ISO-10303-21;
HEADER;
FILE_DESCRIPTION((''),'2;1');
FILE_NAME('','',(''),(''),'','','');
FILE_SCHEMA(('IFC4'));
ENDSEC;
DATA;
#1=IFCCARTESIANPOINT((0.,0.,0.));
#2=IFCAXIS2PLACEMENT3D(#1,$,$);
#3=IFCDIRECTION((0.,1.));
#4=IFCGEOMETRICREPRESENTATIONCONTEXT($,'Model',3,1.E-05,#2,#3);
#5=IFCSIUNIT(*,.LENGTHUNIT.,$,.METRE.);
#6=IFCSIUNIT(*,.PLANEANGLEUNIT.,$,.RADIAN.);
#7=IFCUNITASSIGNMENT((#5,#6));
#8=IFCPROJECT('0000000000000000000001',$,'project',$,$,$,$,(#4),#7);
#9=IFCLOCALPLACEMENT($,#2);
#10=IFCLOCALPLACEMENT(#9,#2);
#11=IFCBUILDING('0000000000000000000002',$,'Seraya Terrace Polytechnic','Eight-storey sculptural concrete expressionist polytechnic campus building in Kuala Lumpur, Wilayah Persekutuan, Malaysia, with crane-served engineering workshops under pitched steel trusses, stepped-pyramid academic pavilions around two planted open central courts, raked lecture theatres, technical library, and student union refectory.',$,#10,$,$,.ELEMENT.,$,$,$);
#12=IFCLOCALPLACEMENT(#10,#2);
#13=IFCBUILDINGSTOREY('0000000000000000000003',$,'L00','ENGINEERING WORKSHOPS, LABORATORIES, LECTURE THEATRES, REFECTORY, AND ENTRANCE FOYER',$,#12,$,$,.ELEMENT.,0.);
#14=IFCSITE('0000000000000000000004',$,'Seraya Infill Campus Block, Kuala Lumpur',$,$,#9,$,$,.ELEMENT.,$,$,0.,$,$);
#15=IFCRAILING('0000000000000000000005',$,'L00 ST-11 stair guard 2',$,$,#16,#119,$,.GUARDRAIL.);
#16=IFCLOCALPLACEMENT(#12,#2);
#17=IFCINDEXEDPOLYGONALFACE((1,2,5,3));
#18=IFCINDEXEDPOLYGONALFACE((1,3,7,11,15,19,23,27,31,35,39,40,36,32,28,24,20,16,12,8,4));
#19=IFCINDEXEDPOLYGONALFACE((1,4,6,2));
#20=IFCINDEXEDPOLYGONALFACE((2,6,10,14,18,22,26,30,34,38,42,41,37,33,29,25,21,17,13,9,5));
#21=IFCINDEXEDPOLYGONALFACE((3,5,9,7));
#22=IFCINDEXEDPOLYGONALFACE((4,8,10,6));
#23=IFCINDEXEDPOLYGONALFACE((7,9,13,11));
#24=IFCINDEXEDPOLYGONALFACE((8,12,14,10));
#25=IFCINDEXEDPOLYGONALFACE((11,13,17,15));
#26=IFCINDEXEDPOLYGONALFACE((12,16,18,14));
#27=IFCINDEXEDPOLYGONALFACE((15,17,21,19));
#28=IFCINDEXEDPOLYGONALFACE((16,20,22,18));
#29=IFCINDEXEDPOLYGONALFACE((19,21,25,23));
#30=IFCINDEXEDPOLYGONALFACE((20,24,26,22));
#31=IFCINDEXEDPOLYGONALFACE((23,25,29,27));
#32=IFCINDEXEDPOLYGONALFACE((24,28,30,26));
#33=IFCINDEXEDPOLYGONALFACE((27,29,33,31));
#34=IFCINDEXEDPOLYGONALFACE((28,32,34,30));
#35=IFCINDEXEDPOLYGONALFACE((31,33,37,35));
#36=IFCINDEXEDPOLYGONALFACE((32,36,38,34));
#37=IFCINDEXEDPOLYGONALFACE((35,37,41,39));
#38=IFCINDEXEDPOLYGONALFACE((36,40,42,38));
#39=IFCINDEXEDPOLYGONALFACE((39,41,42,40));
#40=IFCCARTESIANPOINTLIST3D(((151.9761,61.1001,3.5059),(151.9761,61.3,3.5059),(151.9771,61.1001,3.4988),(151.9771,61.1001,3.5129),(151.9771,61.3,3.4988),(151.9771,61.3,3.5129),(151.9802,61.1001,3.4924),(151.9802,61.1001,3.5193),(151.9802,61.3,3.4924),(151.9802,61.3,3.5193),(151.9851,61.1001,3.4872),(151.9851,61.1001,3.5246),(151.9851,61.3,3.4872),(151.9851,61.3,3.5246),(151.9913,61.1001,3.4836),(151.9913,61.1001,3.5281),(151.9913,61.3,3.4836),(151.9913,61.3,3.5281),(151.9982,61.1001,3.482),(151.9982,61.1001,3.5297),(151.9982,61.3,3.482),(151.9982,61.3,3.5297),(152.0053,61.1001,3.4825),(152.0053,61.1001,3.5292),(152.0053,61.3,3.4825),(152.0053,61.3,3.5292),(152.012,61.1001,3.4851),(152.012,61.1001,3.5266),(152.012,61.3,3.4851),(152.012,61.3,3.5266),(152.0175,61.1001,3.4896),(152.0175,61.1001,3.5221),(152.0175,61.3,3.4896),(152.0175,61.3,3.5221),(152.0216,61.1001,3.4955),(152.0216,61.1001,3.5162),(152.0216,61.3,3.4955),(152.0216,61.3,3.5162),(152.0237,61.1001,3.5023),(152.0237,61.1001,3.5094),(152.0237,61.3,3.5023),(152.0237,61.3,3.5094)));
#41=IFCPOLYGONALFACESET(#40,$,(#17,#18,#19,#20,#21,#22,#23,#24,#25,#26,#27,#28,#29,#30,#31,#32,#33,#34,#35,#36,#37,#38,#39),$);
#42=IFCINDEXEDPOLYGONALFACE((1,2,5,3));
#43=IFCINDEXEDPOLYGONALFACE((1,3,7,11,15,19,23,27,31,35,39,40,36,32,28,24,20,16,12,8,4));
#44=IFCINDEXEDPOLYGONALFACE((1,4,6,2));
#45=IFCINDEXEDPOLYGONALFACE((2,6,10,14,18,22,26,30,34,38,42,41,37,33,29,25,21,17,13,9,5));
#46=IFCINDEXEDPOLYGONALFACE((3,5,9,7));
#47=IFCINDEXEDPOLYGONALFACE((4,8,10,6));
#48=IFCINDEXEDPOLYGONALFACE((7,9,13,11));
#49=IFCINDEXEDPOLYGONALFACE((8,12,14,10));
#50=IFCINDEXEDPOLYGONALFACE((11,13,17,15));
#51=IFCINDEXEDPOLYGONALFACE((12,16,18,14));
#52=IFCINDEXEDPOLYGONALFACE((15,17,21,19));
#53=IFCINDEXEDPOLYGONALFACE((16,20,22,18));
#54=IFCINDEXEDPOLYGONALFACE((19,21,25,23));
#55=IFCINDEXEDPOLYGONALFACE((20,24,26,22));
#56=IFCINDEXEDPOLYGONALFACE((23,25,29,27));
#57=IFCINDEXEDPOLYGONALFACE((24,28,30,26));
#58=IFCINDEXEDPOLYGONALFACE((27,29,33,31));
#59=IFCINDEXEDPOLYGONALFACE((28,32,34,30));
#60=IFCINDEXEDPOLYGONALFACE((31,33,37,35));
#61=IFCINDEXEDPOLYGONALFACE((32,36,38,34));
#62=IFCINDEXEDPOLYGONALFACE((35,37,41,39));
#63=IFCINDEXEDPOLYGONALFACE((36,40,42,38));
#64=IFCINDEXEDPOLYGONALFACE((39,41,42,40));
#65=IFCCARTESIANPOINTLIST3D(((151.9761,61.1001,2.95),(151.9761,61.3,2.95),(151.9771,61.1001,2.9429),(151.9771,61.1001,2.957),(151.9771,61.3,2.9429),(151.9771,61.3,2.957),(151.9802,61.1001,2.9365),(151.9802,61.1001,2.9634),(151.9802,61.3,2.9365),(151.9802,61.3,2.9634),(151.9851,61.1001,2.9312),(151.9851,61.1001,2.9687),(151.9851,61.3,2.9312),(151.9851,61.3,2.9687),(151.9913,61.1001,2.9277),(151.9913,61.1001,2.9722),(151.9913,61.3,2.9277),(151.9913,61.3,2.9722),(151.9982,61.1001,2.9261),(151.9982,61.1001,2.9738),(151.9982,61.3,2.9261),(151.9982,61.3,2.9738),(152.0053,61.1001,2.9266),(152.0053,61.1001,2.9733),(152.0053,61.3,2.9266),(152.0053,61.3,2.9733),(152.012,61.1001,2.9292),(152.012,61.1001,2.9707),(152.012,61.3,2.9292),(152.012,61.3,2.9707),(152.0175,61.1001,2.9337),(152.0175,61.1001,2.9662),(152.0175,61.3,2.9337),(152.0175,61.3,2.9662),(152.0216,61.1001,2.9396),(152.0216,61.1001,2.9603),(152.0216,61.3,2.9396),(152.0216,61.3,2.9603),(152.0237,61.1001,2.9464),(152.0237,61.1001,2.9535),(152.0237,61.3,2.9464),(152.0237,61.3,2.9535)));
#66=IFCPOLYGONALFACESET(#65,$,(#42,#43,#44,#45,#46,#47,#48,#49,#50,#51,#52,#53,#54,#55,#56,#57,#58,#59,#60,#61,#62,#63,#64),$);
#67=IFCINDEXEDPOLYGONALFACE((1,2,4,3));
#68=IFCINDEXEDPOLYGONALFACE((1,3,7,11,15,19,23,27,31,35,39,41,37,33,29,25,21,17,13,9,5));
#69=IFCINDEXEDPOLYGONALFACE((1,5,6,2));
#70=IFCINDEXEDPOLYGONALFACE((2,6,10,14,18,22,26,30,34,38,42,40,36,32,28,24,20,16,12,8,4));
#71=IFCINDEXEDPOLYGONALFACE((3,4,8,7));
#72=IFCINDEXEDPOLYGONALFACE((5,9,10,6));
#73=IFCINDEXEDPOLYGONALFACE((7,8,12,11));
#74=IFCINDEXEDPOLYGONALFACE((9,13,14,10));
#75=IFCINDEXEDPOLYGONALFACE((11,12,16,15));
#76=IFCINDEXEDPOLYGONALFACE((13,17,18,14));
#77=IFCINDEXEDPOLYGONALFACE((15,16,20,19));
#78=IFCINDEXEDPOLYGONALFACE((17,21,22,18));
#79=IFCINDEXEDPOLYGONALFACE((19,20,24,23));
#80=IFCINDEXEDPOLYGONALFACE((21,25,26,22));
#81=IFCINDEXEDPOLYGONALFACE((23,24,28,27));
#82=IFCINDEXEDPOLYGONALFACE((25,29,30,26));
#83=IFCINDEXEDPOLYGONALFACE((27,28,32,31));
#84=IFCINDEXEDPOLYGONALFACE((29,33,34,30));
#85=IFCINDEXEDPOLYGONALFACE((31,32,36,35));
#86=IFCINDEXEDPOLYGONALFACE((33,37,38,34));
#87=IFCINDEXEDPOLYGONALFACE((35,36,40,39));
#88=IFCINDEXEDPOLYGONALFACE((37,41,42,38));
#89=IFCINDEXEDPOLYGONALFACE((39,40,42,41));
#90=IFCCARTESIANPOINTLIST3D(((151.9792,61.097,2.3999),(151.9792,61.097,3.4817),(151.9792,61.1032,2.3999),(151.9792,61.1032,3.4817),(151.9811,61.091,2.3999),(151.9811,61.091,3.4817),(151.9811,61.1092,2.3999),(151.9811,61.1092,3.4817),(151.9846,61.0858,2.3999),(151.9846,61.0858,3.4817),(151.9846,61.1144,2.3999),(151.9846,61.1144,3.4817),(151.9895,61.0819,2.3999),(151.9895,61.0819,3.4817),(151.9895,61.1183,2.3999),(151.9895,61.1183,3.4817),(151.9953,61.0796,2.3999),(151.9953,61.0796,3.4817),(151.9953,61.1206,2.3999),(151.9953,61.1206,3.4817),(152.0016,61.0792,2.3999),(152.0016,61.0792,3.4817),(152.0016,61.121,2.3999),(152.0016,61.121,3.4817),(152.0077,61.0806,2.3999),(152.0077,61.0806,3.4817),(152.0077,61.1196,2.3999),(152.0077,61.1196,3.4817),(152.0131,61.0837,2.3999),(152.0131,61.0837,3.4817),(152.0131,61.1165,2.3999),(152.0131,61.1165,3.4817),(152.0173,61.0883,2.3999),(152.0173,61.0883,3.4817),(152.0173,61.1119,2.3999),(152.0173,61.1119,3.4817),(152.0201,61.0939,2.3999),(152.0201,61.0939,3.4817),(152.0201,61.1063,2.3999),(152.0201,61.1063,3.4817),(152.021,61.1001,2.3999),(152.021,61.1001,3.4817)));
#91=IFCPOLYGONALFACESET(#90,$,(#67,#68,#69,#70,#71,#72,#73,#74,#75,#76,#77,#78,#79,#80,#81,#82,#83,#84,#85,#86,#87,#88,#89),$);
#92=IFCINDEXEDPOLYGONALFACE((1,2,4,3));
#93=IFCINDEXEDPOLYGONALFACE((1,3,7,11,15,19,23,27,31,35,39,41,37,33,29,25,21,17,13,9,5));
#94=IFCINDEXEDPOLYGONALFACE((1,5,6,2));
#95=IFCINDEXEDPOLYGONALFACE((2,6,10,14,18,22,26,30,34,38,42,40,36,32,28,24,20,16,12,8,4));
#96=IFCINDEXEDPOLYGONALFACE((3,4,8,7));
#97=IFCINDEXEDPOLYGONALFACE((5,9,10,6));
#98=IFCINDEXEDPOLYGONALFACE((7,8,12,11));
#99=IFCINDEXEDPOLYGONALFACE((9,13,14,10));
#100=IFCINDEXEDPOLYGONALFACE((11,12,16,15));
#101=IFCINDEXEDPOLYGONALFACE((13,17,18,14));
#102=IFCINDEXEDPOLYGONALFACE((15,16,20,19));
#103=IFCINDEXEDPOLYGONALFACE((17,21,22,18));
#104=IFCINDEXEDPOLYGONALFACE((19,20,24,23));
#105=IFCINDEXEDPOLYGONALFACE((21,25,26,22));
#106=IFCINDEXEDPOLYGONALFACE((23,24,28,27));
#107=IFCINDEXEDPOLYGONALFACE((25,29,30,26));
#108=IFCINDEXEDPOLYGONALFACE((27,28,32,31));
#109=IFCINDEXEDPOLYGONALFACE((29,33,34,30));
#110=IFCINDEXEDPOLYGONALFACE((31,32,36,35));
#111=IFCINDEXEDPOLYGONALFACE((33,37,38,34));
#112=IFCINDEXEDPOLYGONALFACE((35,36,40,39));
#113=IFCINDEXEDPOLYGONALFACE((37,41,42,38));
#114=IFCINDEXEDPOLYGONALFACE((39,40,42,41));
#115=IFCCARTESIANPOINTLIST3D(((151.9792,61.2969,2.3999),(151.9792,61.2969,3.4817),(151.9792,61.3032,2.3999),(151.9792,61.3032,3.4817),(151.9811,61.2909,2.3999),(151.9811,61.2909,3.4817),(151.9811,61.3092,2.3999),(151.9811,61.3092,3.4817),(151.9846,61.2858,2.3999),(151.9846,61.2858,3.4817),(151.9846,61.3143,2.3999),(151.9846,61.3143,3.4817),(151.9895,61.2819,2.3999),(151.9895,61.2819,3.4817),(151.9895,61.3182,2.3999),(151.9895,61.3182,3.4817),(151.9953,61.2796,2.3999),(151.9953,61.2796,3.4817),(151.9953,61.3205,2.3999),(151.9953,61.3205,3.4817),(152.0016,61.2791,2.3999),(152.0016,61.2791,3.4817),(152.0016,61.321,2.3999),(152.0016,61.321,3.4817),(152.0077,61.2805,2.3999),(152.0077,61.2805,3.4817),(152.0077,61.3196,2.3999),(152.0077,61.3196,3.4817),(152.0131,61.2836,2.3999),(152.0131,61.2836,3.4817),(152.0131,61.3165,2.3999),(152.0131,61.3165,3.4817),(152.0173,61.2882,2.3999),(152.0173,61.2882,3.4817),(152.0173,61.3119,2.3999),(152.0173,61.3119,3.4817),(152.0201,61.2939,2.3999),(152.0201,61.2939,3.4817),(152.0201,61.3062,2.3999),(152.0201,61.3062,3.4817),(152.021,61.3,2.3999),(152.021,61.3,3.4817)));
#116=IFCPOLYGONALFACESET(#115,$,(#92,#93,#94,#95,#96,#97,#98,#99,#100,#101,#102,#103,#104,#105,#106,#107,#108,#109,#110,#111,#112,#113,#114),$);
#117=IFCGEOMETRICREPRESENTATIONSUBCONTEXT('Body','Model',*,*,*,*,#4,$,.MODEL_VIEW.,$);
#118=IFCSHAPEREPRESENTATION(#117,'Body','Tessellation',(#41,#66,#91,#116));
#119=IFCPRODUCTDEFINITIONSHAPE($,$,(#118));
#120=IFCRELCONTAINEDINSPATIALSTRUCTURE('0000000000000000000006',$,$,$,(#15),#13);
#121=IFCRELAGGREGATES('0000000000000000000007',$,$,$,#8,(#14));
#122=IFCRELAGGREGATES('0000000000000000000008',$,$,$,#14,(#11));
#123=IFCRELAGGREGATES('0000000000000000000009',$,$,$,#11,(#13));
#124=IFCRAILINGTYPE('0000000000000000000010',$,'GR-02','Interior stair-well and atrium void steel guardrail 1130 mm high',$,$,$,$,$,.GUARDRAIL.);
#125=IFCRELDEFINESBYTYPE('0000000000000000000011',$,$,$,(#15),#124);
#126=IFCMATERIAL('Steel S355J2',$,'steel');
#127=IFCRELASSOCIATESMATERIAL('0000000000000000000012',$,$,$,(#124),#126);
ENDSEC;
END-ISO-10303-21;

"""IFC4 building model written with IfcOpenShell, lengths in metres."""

from ifc_helpers import new_model, si_unit, direction, frame, origin, origin_2d, place, context, subcontext, project, spatial, circle, extrude, material, type_object, element, save


model = new_model("IFC4")

# Units and contexts
model_context = context("Model", 3, precision=1e-05, world=origin(), true_north=direction((0.0, 1.0)))
body_context = subcontext(model_context, "Body", "Model", "MODEL_VIEW")
ifc_project = project(units=[si_unit("LENGTHUNIT", "METRE"), si_unit("PLANEANGLEUNIT", "RADIAN")], contexts=[model_context])

# Site, building, storey
site_placement = place(None, origin())
site = spatial("IfcSite", under=ifc_project, at=site_placement, Name="Seraya Infill Campus Block, Kuala Lumpur", CompositionType="ELEMENT", RefElevation=0.0)
building_placement = place(site_placement, origin())
building = spatial("IfcBuilding", under=site, at=building_placement, Name="Seraya Terrace Polytechnic", Description="Eight-storey sculptural concrete expressionist polytechnic campus building in Kuala Lumpur, Wilayah Persekutuan, Malaysia, with crane-served engineering workshops under pitched steel trusses, stepped-pyramid academic pavilions around two planted open central courts, raked lecture theatres, technical library, and student union refectory.", CompositionType="ELEMENT")
storey_placement = place(building_placement, origin())
storey = spatial("IfcBuildingStorey", under=building, at=storey_placement, Name="L00", Description="ENGINEERING WORKSHOPS, LABORATORIES, LECTURE THEATRES, REFECTORY, AND ENTRANCE FOYER", CompositionType="ELEMENT", Elevation=0.0)

# Railing
ifc_material_1 = material(Name="Steel S355J2", Category="steel")
railing_type_1 = type_object("IfcRailingType", Name="GR-02", Description="Interior stair-well and atrium void steel guardrail 1130 mm high", PredefinedType="GUARDRAIL", material=ifc_material_1)
railing_1_placement = place(storey_placement, frame((152.0, 61.1001, 2.3999)))
element("IfcRailing", 1, at=railing_1_placement, inside=storey, type_object=railing_type_1, Name="L00 ST-11 stair guard 2", PredefinedType="GUARDRAIL", context=body_context, shape_type="SweptSolid", body=[
    extrude(circle(Radius=0.0239, at=origin_2d()), frame((0.0, 0.0, 1.106), z_axis=(0.0, 1.0, 0.0), x_axis=(-1.0, 0.0, 0.0)), (0.0, 0.0, 1.0), 0.2),
    extrude(circle(Radius=0.0239, at=origin_2d()), frame((0.0, 0.0, 0.55), z_axis=(0.0, 1.0, 0.0), x_axis=(-1.0, 0.0, 0.0)), (0.0, 0.0, 1.0), 0.2),
    extrude(circle(Radius=0.021, at=origin_2d()), origin(), (0.0, 0.0, 1.0), 1.0818),
    extrude(circle(Radius=0.021, at=origin_2d()), frame((0.0, 0.2, 0.0)), (0.0, 0.0, 1.0), 1.0818),
])

save(model, "model.ifc")
